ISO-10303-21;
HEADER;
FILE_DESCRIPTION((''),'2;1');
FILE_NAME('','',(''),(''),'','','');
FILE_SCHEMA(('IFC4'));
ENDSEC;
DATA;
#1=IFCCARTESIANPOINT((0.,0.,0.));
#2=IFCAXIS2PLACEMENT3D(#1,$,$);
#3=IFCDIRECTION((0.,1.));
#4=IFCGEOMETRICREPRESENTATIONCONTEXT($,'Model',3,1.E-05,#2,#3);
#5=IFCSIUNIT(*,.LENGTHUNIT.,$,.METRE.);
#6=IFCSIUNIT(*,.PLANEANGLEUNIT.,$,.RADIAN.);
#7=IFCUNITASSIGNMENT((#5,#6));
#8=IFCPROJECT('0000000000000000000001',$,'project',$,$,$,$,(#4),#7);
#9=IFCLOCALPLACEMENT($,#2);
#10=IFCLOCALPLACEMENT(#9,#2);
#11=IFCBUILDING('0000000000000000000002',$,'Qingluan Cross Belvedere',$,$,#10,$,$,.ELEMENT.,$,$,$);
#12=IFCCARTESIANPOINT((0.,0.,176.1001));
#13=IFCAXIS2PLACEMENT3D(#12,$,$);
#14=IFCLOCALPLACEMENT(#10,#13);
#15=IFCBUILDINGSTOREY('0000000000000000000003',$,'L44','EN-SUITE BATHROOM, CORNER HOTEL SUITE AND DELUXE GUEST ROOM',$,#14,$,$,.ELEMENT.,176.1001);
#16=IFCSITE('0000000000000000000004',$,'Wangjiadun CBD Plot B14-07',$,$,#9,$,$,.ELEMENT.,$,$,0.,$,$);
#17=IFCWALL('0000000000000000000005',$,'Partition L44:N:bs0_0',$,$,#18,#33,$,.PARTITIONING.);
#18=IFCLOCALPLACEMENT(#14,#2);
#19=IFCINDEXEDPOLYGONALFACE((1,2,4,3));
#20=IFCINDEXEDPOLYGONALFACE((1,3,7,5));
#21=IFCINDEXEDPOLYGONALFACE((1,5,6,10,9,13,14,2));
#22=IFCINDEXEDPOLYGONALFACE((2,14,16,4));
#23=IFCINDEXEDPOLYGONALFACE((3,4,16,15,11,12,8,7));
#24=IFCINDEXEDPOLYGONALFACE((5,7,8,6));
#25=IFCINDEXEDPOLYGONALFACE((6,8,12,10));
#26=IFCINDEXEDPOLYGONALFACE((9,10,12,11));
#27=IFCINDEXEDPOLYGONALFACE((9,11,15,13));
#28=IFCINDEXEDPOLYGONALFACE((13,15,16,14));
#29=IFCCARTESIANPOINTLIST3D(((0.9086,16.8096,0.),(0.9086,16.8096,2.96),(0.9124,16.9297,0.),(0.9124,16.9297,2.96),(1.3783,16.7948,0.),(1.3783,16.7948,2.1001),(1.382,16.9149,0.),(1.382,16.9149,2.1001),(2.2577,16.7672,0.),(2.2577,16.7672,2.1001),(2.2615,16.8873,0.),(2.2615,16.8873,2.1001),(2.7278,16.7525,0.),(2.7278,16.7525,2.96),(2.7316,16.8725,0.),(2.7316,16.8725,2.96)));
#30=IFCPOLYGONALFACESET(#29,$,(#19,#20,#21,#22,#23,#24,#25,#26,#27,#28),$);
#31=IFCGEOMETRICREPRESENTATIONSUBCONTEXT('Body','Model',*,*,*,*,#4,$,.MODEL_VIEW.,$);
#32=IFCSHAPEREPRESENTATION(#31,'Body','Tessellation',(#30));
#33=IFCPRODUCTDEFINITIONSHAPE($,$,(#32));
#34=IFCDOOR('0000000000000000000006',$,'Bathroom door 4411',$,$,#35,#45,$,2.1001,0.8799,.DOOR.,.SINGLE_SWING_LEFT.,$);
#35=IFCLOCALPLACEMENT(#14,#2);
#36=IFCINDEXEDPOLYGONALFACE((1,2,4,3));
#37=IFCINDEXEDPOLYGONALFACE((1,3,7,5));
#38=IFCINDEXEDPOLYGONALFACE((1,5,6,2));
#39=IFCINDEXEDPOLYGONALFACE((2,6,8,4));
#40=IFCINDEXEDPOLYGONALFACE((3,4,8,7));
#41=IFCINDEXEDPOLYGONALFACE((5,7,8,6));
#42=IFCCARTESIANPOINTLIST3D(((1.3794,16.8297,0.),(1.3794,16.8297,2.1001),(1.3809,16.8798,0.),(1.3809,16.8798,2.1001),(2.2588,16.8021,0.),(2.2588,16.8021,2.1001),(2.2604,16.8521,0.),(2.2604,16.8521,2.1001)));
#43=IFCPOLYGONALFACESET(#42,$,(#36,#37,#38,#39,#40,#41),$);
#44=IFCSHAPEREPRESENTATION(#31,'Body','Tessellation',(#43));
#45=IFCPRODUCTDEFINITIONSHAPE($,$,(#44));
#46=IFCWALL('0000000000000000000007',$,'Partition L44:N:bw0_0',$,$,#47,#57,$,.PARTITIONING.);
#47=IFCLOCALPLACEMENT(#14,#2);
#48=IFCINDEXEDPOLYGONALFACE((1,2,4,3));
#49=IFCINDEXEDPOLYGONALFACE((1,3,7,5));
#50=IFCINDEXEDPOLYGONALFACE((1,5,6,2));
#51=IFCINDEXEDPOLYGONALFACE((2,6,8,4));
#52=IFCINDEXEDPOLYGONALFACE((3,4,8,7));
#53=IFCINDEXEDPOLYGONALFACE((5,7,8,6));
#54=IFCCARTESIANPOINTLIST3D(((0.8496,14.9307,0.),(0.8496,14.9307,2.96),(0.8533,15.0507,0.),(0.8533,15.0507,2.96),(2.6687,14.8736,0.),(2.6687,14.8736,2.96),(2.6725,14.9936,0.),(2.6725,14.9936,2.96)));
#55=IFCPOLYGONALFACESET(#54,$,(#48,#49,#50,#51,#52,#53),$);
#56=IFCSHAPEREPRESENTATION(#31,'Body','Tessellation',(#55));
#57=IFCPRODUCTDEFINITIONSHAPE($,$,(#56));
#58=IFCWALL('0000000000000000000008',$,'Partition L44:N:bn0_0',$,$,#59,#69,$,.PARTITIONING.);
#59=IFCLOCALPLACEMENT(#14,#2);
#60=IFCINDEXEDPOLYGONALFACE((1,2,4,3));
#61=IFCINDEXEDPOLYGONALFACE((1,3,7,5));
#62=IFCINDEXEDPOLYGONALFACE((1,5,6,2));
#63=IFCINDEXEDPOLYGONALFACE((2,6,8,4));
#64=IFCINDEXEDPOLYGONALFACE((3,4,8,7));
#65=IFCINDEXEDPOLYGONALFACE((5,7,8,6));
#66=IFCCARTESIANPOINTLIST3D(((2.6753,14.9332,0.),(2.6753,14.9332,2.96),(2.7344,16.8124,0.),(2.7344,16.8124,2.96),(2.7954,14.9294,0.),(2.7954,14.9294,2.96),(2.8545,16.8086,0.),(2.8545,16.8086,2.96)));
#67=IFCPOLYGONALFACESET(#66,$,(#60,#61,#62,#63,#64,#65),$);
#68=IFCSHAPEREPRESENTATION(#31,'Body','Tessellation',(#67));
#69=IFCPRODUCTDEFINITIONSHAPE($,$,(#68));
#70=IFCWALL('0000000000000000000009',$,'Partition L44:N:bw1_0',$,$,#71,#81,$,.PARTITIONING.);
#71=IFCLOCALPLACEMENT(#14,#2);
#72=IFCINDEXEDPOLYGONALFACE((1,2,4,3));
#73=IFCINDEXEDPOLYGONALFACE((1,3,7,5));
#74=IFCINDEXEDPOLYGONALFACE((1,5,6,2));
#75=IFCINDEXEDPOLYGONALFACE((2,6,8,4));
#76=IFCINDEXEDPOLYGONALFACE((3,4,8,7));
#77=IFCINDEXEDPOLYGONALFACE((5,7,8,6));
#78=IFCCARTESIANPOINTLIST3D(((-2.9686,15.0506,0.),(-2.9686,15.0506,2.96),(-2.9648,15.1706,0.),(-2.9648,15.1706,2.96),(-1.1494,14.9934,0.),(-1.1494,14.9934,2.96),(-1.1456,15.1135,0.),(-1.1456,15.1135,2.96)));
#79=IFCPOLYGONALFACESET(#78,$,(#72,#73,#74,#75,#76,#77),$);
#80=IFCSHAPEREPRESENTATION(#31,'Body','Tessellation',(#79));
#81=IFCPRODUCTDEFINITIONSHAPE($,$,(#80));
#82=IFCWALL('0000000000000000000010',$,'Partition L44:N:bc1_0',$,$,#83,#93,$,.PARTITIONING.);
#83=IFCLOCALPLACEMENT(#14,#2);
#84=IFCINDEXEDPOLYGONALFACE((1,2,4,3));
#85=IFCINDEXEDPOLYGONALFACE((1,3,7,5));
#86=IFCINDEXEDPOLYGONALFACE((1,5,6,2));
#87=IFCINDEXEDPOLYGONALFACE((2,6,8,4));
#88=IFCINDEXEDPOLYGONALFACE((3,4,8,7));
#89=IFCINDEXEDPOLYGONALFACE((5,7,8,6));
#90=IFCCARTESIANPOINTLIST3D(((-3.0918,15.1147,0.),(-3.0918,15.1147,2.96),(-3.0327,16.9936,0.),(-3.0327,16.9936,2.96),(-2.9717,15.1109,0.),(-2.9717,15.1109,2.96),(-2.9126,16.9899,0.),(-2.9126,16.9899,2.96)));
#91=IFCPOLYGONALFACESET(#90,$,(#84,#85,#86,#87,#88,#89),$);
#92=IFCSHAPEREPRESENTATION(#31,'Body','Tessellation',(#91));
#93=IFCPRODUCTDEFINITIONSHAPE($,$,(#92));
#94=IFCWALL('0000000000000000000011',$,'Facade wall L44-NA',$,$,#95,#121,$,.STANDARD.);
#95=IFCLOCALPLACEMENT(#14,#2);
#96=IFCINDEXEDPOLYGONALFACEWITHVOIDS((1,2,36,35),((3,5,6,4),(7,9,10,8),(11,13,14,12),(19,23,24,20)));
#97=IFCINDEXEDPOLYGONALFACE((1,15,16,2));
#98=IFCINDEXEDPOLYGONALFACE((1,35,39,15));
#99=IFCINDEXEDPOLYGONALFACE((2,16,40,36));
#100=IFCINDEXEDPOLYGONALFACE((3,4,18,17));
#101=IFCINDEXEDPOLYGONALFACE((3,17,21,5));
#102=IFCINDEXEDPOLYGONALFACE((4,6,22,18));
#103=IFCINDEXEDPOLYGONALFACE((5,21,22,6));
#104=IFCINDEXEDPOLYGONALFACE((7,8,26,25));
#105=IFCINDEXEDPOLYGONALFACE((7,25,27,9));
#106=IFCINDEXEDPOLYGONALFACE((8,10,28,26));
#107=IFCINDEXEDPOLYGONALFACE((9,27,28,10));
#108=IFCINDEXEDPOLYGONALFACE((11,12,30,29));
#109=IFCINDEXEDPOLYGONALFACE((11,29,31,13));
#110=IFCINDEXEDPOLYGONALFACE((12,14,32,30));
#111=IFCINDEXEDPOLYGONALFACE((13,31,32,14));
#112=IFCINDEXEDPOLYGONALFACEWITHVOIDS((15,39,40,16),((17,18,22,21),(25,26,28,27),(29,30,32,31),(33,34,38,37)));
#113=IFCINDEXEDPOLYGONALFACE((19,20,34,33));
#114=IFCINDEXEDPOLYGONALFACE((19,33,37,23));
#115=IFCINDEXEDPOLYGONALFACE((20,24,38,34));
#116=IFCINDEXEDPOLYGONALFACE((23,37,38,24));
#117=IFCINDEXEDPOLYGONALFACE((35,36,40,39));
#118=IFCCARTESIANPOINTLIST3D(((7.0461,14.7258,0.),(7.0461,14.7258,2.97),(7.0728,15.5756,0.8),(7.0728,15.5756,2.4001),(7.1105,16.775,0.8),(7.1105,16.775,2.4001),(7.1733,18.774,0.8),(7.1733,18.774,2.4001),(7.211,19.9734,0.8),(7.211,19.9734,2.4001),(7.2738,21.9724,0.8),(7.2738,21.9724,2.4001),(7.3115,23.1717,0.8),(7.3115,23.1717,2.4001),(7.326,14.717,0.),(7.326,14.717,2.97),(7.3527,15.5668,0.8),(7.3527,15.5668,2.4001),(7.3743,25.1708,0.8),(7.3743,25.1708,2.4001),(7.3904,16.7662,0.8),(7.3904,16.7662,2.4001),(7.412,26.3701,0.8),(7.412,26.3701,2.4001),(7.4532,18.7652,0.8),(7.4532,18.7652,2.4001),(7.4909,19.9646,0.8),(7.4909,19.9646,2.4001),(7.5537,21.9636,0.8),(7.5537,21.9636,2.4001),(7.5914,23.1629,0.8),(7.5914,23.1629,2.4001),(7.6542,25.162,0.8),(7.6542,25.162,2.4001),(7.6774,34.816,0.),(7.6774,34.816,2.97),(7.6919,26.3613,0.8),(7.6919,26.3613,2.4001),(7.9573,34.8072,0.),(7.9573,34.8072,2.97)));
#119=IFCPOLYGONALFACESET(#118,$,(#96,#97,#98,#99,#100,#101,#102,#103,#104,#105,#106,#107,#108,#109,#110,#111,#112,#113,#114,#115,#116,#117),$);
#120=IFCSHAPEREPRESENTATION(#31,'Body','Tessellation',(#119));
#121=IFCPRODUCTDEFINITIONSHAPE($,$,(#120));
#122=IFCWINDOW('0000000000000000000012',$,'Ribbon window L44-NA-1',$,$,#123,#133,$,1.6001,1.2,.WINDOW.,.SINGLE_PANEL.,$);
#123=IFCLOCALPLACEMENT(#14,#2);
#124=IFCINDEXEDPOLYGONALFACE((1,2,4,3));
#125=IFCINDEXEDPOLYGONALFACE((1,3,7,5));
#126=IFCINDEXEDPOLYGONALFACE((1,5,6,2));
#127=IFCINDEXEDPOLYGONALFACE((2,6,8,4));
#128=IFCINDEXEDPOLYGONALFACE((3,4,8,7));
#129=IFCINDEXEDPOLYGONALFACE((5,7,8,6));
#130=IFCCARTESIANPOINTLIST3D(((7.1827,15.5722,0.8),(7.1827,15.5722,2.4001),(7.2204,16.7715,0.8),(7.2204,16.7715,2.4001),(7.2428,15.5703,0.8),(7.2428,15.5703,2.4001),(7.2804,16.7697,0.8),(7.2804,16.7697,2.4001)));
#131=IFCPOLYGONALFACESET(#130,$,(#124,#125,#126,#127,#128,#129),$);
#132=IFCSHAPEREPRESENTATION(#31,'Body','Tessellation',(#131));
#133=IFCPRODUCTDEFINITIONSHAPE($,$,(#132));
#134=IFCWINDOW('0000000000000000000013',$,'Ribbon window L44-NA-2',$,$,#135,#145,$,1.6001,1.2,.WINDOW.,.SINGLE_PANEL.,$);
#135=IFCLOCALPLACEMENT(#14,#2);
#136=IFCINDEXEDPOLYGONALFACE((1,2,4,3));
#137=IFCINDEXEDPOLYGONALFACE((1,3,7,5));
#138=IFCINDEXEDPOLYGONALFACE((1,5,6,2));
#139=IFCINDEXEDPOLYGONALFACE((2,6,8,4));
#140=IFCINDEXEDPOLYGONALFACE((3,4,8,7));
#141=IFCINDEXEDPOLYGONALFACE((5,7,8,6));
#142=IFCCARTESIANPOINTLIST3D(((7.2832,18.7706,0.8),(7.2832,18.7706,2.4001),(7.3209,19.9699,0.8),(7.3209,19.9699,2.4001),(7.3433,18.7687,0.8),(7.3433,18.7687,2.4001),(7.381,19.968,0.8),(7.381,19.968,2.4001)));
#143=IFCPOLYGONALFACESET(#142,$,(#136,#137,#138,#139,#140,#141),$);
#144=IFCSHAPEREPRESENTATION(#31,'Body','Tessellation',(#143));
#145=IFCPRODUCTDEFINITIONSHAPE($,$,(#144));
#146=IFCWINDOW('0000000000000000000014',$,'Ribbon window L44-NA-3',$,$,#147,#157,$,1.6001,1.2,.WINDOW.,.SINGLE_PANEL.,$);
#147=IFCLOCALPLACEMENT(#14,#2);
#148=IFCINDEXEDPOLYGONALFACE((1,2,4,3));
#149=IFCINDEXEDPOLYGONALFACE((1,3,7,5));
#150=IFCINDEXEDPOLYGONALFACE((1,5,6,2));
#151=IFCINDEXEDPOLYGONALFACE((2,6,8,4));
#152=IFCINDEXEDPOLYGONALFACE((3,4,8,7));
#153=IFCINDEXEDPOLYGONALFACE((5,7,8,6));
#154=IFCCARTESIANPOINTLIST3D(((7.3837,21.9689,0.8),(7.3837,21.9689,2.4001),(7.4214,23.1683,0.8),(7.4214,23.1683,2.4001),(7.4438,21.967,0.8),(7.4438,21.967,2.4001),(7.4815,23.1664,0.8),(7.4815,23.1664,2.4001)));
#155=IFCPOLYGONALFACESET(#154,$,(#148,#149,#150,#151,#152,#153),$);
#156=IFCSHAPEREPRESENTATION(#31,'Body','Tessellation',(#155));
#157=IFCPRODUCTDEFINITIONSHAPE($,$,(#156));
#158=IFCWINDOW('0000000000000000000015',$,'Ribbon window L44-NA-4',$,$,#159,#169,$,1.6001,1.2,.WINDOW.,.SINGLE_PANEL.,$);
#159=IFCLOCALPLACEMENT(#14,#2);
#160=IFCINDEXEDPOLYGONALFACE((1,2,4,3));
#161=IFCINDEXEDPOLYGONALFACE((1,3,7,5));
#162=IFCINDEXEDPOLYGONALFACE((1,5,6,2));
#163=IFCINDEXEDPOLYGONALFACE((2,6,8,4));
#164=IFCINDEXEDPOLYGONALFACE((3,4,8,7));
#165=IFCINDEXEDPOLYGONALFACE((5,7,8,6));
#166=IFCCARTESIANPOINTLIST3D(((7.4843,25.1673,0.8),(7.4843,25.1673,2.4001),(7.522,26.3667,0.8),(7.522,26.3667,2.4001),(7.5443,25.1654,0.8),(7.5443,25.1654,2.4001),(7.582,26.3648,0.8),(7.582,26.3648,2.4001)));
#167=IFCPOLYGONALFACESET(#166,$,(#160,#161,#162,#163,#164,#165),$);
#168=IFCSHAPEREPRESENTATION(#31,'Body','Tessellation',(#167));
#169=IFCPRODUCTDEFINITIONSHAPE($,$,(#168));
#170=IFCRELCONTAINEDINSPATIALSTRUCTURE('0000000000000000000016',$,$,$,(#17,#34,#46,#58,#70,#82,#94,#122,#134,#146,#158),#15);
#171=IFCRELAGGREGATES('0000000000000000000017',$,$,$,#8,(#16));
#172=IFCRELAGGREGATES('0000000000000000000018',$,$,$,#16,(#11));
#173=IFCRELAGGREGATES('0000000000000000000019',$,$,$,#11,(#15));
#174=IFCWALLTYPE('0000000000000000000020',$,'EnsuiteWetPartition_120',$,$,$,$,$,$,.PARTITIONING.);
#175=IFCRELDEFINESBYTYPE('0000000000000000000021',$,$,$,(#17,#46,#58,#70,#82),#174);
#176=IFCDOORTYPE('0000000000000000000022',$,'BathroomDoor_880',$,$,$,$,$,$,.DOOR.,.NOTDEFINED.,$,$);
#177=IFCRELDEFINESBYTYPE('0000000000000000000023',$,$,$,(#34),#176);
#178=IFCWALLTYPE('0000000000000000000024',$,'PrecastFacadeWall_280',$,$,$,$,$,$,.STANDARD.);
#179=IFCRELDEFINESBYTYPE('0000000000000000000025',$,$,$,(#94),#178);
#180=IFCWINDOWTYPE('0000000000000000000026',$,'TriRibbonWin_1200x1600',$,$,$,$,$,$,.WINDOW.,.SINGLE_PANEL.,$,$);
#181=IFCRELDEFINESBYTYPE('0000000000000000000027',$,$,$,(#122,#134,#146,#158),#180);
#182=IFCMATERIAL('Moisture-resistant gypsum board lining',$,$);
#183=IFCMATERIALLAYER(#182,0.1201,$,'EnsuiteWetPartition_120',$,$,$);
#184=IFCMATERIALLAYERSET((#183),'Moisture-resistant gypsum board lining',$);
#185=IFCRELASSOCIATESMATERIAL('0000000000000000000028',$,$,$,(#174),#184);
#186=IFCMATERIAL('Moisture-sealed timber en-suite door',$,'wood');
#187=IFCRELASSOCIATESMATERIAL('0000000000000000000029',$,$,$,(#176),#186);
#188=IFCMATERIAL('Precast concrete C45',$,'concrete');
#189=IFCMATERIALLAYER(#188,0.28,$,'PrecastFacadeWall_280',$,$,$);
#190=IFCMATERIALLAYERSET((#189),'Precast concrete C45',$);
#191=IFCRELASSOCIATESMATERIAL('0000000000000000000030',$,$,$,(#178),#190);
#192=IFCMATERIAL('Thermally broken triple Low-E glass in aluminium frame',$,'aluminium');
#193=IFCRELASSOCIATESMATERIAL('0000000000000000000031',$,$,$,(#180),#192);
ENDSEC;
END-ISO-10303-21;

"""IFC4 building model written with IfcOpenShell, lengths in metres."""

from ifc_helpers import new_model, si_unit, direction, frame, frame_2d, origin, place, context, subcontext, project, spatial, rectangle, extrude, material, layer, layer_set, type_object, element, fill, save


model = new_model("IFC4")

# Units and contexts
model_context = context("Model", 3, precision=1e-05, world=origin(), true_north=direction((0.0, 1.0)))
body_context = subcontext(model_context, "Body", "Model", "MODEL_VIEW")
ifc_project = project(units=[si_unit("LENGTHUNIT", "METRE"), si_unit("PLANEANGLEUNIT", "RADIAN")], contexts=[model_context])

# Site, building, storey
site_placement = place(None, origin())
site = spatial("IfcSite", under=ifc_project, at=site_placement, Name="Wangjiadun CBD Plot B14-07", CompositionType="ELEMENT", RefElevation=0.0)
building_placement = place(site_placement, origin())
building = spatial("IfcBuilding", under=site, at=building_placement, Name="Qingluan Cross Belvedere", CompositionType="ELEMENT")
storey_placement = place(building_placement, frame((0.0, 0.0, 176.1001)))
storey = spatial("IfcBuildingStorey", under=building, at=storey_placement, Name="L44", Description="EN-SUITE BATHROOM, CORNER HOTEL SUITE AND DELUXE GUEST ROOM", CompositionType="ELEMENT", Elevation=176.1001)

# Wall, opening, door
ifc_material_1 = material(Name="Moisture-resistant gypsum board lining")
ifc_layer_1 = layer(ifc_material_1, 0.1201, Name="EnsuiteWetPartition_120")
ifc_layer_set_1 = layer_set([ifc_layer_1], Name="Moisture-resistant gypsum board lining")
wall_type_1 = type_object("IfcWallType", Name="EnsuiteWetPartition_120", PredefinedType="PARTITIONING", material=ifc_layer_set_1)
wall_1_placement = place(storey_placement, frame((0.9104, 16.8696, 0.0), z_axis=(0.0, 0.0, 1.0), x_axis=(0.999507, -0.03139, 0.0)))
wall_1 = element("IfcWall", 1, at=wall_1_placement, inside=storey, type_object=wall_type_1, Name="Partition L44:N:bs0_0", PredefinedType="PARTITIONING", context=body_context, shape_type="SweptSolid", body=[
    extrude(rectangle(XDim=1.8201, YDim=0.1201, at=frame_2d((0.9102, 0.0))), origin(), (0.0, 0.0, 1.0), 2.96),
])
opening_1_placement = place(wall_1_placement, frame((0.47, 0.0, 0.0)))
opening_1 = element("IfcOpeningElement", 2, at=opening_1_placement, cuts=wall_1, PredefinedType="OPENING", context=body_context, shape_type="SweptSolid", body=[
    extrude(rectangle(XDim=0.8799, YDim=2.1001, at=frame_2d((0.4399, 1.05))), frame((0.0, 0.0701, 0.0), z_axis=(0.0, -1.0, 0.0), x_axis=(1.0, 0.0, 0.0)), (0.0, 0.0, 1.0), 0.1401),
])
ifc_material_2 = material(Name="Moisture-sealed timber en-suite door", Category="wood")
door_type_1 = type_object("IfcDoorType", Name="BathroomDoor_880", OperationType="NOTDEFINED", PredefinedType="DOOR", material=ifc_material_2)
door_1_placement = place(opening_1_placement, origin())
door_1 = element("IfcDoor", 3, at=door_1_placement, inside=storey, type_object=door_type_1, Name="Bathroom door 4411", OperationType="SINGLE_SWING_LEFT", OverallHeight=2.1001, OverallWidth=0.8799, PredefinedType="DOOR", context=body_context, shape_type="SweptSolid", body=[
    extrude(rectangle(XDim=0.8799, YDim=2.1001, at=frame_2d((0.4399, 1.05))), frame((0.0, 0.0249, 0.0), z_axis=(0.0, -1.0, 0.0), x_axis=(1.0, 0.0, 0.0)), (0.0, 0.0, 1.0), 0.05),
])
fill(opening_1, door_1)

# Walls
wall_2_placement = place(storey_placement, frame((0.8513, 14.9907, 0.0), z_axis=(0.0, 0.0, 1.0), x_axis=(0.999507, -0.03139, 0.0)))
element("IfcWall", 4, at=wall_2_placement, inside=storey, type_object=wall_type_1, Name="Partition L44:N:bw0_0", PredefinedType="PARTITIONING", context=body_context, shape_type="SweptSolid", body=[
    extrude(rectangle(XDim=1.8201, YDim=0.1201, at=frame_2d((0.9102, 0.0))), origin(), (0.0, 0.0, 1.0), 2.96),
])
wall_3_placement = place(storey_placement, frame((2.7354, 14.9314, 0.0), z_axis=(0.0, 0.0, 1.0), x_axis=(0.031425, 0.999506, 0.0)))
element("IfcWall", 5, at=wall_3_placement, inside=storey, type_object=wall_type_1, Name="Partition L44:N:bn0_0", PredefinedType="PARTITIONING", context=body_context, shape_type="SweptSolid", body=[
    extrude(rectangle(XDim=1.8801, YDim=0.1201, at=frame_2d((0.9399, 0.0))), origin(), (0.0, 0.0, 1.0), 2.96),
])
wall_4_placement = place(storey_placement, frame((-2.9668, 15.1106, 0.0), z_axis=(0.0, 0.0, 1.0), x_axis=(0.999507, -0.03139, 0.0)))
element("IfcWall", 6, at=wall_4_placement, inside=storey, type_object=wall_type_1, Name="Partition L44:N:bw1_0", PredefinedType="PARTITIONING", context=body_context, shape_type="SweptSolid", body=[
    extrude(rectangle(XDim=1.8201, YDim=0.1201, at=frame_2d((0.9102, 0.0))), origin(), (0.0, 0.0, 1.0), 2.96),
])
wall_5_placement = place(storey_placement, frame((-3.0317, 15.1128, 0.0), z_axis=(0.0, 0.0, 1.0), x_axis=(0.031429, 0.999506, 0.0)))
element("IfcWall", 7, at=wall_5_placement, inside=storey, type_object=wall_type_1, Name="Partition L44:N:bc1_0", PredefinedType="PARTITIONING", context=body_context, shape_type="SweptSolid", body=[
    extrude(rectangle(XDim=1.8799, YDim=0.1201, at=frame_2d((0.9399, 0.0))), origin(), (0.0, 0.0, 1.0), 2.96),
])

# Wall, openings, windows
ifc_material_3 = material(Name="Precast concrete C45", Category="concrete")
ifc_layer_2 = layer(ifc_material_3, 0.28, Name="PrecastFacadeWall_280")
ifc_layer_set_2 = layer_set([ifc_layer_2], Name="Precast concrete C45")
wall_type_2 = type_object("IfcWallType", Name="PrecastFacadeWall_280", PredefinedType="STANDARD", material=ifc_layer_set_2)
wall_6_placement = place(storey_placement, frame((7.186, 14.7214, 0.0), z_axis=(0.0, 0.0, 1.0), x_axis=(0.03141, 0.999507, 0.0)))
wall_6 = element("IfcWall", 8, at=wall_6_placement, inside=storey, type_object=wall_type_2, Name="Facade wall L44-NA", PredefinedType="STANDARD", context=body_context, shape_type="SweptSolid", body=[
    extrude(rectangle(XDim=20.1001, YDim=0.28, at=frame_2d((10.05, 0.0))), origin(), (0.0, 0.0, 1.0), 2.97),
])
opening_2_placement = place(wall_6_placement, frame((0.8501, 0.0, 0.8)))
opening_2 = element("IfcOpeningElement", 9, at=opening_2_placement, cuts=wall_6, PredefinedType="OPENING", context=body_context, shape_type="SweptSolid", body=[
    extrude(rectangle(XDim=1.2, YDim=1.6001, at=frame_2d((0.6001, 0.8))), frame((0.0, 0.1499, 0.0), z_axis=(0.0, -1.0, 0.0), x_axis=(1.0, 0.0, 0.0)), (0.0, 0.0, 1.0), 0.3),
])
opening_3_placement = place(wall_6_placement, frame((4.05, 0.0, 0.8)))
opening_3 = element("IfcOpeningElement", 10, at=opening_3_placement, cuts=wall_6, PredefinedType="OPENING", context=body_context, shape_type="SweptSolid", body=[
    extrude(rectangle(XDim=1.2, YDim=1.6001, at=frame_2d((0.6001, 0.8))), frame((0.0, 0.1499, 0.0), z_axis=(0.0, -1.0, 0.0), x_axis=(1.0, 0.0, 0.0)), (0.0, 0.0, 1.0), 0.3),
])
opening_4_placement = place(wall_6_placement, frame((7.25, 0.0, 0.8)))
opening_4 = element("IfcOpeningElement", 11, at=opening_4_placement, cuts=wall_6, PredefinedType="OPENING", context=body_context, shape_type="SweptSolid", body=[
    extrude(rectangle(XDim=1.2, YDim=1.6001, at=frame_2d((0.6001, 0.8))), frame((0.0, 0.1499, 0.0), z_axis=(0.0, -1.0, 0.0), x_axis=(1.0, 0.0, 0.0)), (0.0, 0.0, 1.0), 0.3),
])
opening_5_placement = place(wall_6_placement, frame((10.45, 0.0, 0.8)))
opening_5 = element("IfcOpeningElement", 12, at=opening_5_placement, cuts=wall_6, PredefinedType="OPENING", context=body_context, shape_type="SweptSolid", body=[
    extrude(rectangle(XDim=1.2, YDim=1.6001, at=frame_2d((0.6001, 0.8))), frame((0.0, 0.1499, 0.0), z_axis=(0.0, -1.0, 0.0), x_axis=(1.0, 0.0, 0.0)), (0.0, 0.0, 1.0), 0.3),
])
ifc_material_4 = material(Name="Thermally broken triple Low-E glass in aluminium frame", Category="aluminium")
window_type = type_object("IfcWindowType", Name="TriRibbonWin_1200x1600", PartitioningType="SINGLE_PANEL", PredefinedType="WINDOW", material=ifc_material_4)
window_1_placement = place(opening_2_placement, origin())
window_1 = element("IfcWindow", 13, at=window_1_placement, inside=storey, type_object=window_type, Name="Ribbon window L44-NA-1", OverallHeight=1.6001, OverallWidth=1.2, PartitioningType="SINGLE_PANEL", PredefinedType="WINDOW", context=body_context, shape_type="SweptSolid", body=[
    extrude(rectangle(XDim=1.2, YDim=1.6001, at=frame_2d((0.6001, 0.8))), frame((0.0, 0.03, 0.0), z_axis=(0.0, -1.0, 0.0), x_axis=(1.0, 0.0, 0.0)), (0.0, 0.0, 1.0), 0.0601),
])
fill(opening_2, window_1)
window_2_placement = place(opening_3_placement, origin())
window_2 = element("IfcWindow", 14, at=window_2_placement, inside=storey, type_object=window_type, Name="Ribbon window L44-NA-2", OverallHeight=1.6001, OverallWidth=1.2, PartitioningType="SINGLE_PANEL", PredefinedType="WINDOW", context=body_context, shape_type="SweptSolid", body=[
    extrude(rectangle(XDim=1.2, YDim=1.6001, at=frame_2d((0.6001, 0.8))), frame((0.0, 0.03, 0.0), z_axis=(0.0, -1.0, 0.0), x_axis=(1.0, 0.0, 0.0)), (0.0, 0.0, 1.0), 0.0601),
])
fill(opening_3, window_2)
window_3_placement = place(opening_4_placement, origin())
window_3 = element("IfcWindow", 15, at=window_3_placement, inside=storey, type_object=window_type, Name="Ribbon window L44-NA-3", OverallHeight=1.6001, OverallWidth=1.2, PartitioningType="SINGLE_PANEL", PredefinedType="WINDOW", context=body_context, shape_type="SweptSolid", body=[
    extrude(rectangle(XDim=1.2, YDim=1.6001, at=frame_2d((0.6001, 0.8))), frame((0.0, 0.03, 0.0), z_axis=(0.0, -1.0, 0.0), x_axis=(1.0, 0.0, 0.0)), (0.0, 0.0, 1.0), 0.0601),
])
fill(opening_4, window_3)
window_4_placement = place(opening_5_placement, origin())
window_4 = element("IfcWindow", 16, at=window_4_placement, inside=storey, type_object=window_type, Name="Ribbon window L44-NA-4", OverallHeight=1.6001, OverallWidth=1.2, PartitioningType="SINGLE_PANEL", PredefinedType="WINDOW", context=body_context, shape_type="SweptSolid", body=[
    extrude(rectangle(XDim=1.2, YDim=1.6001, at=frame_2d((0.6001, 0.8))), frame((0.0, 0.03, 0.0), z_axis=(0.0, -1.0, 0.0), x_axis=(1.0, 0.0, 0.0)), (0.0, 0.0, 1.0), 0.0601),
])
fill(opening_5, window_4)

save(model, "model.ifc")
